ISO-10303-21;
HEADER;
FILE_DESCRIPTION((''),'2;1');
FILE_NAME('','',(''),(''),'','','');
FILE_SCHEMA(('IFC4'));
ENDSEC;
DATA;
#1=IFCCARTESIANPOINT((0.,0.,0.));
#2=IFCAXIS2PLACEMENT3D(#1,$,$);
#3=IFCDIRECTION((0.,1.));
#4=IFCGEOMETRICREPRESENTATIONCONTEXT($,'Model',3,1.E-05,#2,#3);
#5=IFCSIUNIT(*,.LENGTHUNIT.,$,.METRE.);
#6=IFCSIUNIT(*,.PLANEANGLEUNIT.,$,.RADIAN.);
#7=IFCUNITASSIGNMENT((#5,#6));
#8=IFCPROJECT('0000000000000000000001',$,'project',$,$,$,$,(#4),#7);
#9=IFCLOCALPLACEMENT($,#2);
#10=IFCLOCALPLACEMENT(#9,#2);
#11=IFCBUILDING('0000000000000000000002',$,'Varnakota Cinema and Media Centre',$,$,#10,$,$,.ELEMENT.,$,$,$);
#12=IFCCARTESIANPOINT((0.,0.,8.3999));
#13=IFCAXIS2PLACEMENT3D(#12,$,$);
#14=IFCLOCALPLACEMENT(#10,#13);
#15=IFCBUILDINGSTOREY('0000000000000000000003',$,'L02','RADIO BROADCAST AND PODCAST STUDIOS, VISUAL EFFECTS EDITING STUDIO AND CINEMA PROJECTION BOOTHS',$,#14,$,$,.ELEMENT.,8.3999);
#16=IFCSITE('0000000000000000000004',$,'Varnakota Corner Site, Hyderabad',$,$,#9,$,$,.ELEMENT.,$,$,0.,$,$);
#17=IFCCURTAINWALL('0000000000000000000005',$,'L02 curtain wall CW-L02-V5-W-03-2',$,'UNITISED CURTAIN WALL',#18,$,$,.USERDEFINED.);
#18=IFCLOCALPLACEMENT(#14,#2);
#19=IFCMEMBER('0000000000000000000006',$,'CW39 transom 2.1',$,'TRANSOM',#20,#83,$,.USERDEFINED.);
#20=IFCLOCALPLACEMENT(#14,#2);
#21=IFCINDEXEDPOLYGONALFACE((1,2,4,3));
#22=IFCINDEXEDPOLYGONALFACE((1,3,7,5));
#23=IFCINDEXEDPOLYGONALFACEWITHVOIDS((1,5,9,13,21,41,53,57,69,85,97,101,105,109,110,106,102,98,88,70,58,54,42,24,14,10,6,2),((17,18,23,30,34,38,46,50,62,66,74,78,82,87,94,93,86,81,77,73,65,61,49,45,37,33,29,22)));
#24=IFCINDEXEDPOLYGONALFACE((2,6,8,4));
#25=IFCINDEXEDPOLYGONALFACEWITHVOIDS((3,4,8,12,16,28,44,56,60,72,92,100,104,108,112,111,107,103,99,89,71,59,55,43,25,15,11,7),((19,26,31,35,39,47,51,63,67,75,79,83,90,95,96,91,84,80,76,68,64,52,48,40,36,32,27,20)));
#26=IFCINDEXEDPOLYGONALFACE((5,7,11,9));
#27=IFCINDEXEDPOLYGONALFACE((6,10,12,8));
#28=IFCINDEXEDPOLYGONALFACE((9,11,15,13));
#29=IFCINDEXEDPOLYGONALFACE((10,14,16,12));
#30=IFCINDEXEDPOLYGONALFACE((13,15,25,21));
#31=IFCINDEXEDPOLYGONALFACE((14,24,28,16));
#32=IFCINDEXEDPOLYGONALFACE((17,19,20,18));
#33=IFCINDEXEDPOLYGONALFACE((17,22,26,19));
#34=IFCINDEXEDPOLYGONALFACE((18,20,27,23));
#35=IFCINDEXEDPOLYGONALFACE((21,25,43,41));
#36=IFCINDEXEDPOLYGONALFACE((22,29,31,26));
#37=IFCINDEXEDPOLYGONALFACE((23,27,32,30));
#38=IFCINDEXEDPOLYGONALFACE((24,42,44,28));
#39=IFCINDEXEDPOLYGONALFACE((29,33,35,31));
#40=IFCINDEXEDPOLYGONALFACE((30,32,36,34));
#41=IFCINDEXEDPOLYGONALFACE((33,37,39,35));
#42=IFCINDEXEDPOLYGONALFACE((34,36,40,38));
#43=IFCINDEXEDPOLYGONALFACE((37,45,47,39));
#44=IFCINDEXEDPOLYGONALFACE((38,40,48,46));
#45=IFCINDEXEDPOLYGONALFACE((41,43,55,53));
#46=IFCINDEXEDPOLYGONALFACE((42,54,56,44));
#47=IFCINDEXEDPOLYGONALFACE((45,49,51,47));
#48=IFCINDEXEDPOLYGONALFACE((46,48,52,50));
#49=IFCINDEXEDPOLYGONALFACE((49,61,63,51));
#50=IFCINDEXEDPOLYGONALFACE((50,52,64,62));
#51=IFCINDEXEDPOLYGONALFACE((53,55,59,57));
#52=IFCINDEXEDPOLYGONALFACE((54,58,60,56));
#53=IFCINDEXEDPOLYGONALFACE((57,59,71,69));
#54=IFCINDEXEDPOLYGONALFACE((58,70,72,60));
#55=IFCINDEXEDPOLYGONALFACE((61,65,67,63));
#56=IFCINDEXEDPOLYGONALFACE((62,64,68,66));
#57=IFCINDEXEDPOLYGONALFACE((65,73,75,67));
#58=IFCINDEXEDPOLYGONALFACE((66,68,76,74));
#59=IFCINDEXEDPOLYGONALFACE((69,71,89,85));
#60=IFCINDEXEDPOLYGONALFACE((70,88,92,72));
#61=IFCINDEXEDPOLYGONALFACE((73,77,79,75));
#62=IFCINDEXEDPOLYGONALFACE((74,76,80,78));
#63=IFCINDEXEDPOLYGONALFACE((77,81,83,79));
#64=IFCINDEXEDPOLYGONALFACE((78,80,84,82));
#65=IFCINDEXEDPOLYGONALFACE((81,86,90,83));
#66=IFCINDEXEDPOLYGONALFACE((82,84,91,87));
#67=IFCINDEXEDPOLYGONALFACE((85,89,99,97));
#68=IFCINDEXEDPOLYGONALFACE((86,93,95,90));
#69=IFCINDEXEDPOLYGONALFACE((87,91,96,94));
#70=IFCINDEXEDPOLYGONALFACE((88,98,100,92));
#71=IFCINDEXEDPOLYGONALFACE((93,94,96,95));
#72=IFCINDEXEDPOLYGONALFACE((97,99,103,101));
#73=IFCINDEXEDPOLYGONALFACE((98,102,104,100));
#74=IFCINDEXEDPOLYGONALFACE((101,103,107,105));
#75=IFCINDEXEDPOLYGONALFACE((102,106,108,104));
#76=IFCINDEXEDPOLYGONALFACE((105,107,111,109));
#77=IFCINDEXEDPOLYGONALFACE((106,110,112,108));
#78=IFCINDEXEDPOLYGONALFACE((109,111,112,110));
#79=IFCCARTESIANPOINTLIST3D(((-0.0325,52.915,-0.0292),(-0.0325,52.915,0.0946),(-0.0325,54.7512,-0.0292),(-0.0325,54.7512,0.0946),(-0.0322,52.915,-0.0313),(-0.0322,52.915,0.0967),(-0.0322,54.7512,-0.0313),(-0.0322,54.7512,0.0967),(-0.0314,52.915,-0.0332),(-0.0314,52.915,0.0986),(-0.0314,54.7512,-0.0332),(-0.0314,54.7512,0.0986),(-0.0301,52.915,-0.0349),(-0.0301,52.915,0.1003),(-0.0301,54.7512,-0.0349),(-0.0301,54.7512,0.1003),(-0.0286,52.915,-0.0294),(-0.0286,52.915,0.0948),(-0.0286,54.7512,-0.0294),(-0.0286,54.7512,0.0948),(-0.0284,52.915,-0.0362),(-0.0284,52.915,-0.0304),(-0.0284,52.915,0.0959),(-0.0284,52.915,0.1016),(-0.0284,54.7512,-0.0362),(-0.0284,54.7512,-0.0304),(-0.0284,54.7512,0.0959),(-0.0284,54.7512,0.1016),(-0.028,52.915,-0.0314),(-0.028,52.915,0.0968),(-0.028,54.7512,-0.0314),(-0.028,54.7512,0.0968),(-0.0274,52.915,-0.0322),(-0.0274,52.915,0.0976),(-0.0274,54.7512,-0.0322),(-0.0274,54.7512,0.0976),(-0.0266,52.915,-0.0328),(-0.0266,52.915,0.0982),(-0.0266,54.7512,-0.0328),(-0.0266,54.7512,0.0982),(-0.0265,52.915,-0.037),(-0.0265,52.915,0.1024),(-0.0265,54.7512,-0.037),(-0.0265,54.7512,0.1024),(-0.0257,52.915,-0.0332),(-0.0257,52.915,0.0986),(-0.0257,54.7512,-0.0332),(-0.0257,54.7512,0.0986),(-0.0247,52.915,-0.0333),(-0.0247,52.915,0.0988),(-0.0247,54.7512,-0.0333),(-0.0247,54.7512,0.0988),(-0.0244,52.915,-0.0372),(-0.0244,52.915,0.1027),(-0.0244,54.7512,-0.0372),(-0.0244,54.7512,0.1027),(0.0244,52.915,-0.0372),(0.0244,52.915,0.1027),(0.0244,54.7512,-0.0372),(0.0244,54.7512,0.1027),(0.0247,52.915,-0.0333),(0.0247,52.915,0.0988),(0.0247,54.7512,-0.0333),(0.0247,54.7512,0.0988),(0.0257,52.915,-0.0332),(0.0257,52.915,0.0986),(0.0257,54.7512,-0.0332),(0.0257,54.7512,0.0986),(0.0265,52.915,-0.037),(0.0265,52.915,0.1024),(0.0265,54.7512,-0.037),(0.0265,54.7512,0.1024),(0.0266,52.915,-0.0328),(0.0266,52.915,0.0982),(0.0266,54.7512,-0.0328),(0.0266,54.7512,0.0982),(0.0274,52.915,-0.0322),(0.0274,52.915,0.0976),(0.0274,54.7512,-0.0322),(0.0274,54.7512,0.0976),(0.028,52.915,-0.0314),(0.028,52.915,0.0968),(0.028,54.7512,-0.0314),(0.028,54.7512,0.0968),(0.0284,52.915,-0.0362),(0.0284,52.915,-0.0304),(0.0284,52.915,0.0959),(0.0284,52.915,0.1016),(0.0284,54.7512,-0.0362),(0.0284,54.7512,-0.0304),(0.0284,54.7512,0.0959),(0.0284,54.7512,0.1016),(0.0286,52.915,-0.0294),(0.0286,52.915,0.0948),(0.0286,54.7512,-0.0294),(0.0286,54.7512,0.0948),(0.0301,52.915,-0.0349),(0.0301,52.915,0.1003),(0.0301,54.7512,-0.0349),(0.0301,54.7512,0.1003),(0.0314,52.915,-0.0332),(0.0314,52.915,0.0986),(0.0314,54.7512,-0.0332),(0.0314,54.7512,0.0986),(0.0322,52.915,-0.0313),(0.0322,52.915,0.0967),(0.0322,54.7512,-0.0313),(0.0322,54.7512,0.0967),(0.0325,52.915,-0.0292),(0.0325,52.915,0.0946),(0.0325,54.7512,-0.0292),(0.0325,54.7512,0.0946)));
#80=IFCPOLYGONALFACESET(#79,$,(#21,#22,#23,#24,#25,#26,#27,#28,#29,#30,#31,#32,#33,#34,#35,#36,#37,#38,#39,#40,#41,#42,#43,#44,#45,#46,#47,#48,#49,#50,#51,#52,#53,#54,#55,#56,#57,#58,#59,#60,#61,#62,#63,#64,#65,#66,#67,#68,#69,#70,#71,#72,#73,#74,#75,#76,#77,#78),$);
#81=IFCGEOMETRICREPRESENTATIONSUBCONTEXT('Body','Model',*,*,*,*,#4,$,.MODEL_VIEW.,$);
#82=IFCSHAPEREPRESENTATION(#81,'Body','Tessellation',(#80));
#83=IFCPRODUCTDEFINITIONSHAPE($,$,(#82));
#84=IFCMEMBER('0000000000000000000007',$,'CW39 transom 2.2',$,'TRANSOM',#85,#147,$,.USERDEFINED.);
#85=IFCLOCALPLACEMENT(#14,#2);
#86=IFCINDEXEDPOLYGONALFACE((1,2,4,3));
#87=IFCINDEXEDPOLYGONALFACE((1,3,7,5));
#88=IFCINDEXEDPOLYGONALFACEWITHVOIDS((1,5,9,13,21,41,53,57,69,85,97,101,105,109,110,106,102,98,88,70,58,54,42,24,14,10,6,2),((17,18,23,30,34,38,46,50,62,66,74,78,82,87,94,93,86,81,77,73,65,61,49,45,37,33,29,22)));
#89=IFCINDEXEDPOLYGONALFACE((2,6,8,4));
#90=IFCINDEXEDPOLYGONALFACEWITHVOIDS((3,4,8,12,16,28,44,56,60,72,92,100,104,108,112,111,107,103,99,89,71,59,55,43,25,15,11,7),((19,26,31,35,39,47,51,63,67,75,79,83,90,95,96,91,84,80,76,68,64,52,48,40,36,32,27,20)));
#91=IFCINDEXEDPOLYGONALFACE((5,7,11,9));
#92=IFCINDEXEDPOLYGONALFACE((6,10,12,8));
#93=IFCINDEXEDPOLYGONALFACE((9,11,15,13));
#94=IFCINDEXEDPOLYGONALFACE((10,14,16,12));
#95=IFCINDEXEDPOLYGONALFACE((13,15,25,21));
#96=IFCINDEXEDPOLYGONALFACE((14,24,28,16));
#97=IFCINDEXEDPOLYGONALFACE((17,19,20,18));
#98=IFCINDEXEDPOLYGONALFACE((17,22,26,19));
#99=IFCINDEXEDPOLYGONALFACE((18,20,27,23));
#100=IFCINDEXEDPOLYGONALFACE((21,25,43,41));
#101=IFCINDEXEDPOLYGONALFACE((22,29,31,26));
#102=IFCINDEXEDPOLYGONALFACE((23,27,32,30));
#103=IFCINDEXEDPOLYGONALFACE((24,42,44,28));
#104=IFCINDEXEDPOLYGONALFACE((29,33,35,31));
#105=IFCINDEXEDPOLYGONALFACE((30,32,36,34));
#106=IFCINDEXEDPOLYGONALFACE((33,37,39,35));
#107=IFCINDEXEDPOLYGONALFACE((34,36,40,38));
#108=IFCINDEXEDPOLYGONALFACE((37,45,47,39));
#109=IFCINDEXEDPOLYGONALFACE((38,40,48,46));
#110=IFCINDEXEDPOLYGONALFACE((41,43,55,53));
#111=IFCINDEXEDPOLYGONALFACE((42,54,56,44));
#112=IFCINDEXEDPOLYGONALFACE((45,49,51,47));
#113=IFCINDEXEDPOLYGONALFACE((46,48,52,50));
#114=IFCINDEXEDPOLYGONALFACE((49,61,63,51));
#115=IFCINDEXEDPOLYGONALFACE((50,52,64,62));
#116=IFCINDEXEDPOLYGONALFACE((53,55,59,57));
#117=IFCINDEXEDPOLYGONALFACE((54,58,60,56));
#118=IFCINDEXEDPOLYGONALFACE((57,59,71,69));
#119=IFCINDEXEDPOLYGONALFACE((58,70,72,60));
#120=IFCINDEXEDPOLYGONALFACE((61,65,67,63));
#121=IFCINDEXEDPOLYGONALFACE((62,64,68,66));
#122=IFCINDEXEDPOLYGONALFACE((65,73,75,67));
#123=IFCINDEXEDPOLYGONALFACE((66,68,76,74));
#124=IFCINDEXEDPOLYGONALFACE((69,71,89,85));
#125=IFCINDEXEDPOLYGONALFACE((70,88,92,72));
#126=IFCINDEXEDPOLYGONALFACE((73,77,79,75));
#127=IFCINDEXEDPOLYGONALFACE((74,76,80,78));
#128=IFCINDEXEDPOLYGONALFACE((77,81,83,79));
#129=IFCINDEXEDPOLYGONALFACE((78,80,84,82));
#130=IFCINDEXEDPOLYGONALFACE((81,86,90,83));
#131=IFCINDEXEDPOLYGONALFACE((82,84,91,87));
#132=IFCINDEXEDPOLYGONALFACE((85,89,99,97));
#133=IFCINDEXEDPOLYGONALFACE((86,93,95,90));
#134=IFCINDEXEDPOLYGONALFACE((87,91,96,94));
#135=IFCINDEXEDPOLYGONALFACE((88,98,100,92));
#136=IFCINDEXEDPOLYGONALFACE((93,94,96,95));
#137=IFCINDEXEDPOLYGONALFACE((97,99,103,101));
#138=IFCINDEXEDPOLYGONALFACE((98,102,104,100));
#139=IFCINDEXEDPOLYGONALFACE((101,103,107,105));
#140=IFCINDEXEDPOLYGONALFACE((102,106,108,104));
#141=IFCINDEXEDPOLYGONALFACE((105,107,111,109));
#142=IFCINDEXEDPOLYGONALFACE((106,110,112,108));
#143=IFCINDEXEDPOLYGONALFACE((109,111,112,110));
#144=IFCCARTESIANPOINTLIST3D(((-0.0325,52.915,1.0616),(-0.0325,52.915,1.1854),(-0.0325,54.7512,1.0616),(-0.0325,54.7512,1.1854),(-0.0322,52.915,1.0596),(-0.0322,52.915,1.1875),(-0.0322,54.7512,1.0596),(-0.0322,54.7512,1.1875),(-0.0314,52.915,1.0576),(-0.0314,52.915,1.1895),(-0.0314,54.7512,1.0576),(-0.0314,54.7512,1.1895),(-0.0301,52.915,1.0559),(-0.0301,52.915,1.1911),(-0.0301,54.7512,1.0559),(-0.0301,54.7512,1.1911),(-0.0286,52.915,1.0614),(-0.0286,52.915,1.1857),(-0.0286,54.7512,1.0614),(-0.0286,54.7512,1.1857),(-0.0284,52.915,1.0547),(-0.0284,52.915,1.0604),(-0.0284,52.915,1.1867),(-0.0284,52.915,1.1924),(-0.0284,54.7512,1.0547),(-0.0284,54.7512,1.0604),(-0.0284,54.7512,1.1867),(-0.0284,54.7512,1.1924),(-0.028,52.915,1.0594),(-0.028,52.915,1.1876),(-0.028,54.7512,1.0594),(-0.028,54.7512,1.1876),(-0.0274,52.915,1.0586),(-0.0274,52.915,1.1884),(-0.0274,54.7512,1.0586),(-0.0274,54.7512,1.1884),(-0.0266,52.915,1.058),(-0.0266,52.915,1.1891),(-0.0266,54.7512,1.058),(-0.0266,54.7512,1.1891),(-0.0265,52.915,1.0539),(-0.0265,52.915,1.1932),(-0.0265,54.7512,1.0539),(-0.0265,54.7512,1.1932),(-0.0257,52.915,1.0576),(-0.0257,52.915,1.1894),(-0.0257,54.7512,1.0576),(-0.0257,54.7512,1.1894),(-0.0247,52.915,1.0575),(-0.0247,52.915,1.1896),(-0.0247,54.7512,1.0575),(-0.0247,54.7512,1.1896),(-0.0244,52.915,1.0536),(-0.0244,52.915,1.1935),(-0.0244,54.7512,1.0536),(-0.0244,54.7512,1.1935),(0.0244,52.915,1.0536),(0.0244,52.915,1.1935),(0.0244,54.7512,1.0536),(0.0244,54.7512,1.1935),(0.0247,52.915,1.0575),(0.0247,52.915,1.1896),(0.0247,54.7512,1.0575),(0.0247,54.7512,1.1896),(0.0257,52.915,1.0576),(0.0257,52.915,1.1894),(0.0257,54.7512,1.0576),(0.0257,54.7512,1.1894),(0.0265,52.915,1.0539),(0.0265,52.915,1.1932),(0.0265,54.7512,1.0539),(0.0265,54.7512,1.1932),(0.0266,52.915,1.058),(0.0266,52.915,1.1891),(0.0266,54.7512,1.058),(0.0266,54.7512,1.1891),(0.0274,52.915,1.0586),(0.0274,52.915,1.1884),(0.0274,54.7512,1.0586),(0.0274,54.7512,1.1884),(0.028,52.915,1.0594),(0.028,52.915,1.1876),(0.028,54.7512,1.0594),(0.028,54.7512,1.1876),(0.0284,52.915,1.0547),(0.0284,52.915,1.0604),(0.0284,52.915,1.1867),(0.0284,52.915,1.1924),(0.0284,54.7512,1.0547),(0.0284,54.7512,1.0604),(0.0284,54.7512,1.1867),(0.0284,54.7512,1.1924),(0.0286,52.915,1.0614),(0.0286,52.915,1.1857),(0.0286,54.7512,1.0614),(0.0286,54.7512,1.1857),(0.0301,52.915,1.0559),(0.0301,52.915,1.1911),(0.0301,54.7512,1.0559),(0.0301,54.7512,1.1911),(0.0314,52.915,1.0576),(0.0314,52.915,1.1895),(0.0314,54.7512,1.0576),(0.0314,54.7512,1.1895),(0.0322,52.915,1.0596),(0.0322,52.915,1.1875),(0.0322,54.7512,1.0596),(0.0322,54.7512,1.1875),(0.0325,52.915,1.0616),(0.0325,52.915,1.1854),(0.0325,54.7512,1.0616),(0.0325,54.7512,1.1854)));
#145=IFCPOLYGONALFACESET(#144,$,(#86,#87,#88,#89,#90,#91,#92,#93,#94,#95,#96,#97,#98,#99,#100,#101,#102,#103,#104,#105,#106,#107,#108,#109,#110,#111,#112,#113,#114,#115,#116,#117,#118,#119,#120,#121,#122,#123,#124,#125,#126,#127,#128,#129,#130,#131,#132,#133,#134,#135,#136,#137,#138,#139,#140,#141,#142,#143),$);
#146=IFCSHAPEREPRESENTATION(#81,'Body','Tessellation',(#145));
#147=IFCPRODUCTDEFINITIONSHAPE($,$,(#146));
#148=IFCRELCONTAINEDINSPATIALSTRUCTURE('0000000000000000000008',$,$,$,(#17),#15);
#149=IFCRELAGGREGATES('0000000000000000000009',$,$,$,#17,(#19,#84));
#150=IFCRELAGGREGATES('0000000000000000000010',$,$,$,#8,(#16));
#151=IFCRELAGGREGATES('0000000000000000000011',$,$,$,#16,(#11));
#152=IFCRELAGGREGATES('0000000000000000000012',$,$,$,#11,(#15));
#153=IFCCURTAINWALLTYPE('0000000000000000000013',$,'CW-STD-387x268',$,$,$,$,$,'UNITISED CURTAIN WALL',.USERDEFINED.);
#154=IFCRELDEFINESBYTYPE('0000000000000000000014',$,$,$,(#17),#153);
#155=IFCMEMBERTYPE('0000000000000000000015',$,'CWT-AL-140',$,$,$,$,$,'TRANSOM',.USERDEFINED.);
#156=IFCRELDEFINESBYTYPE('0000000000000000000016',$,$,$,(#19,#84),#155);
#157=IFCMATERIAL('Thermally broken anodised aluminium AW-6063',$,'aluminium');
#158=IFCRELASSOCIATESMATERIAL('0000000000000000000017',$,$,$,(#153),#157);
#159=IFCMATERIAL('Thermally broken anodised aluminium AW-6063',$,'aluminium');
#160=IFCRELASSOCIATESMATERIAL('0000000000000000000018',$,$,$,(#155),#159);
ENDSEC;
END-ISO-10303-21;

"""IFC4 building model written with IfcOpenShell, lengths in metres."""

from ifc_helpers import new_model, si_unit, direction, frame, origin, origin_2d, place, context, subcontext, project, spatial, hollow_rectangle, extrude, material, material_profile, profile_set, type_object, element, aggregate, save


model = new_model("IFC4")

# Units and contexts
model_context = context("Model", 3, precision=1e-05, world=origin(), true_north=direction((0.0, 1.0)))
body_context = subcontext(model_context, "Body", "Model", "MODEL_VIEW")
ifc_project = project(units=[si_unit("LENGTHUNIT", "METRE"), si_unit("PLANEANGLEUNIT", "RADIAN")], contexts=[model_context])

# Site, building, storey
site_placement = place(None, origin())
site = spatial("IfcSite", under=ifc_project, at=site_placement, Name="Varnakota Corner Site, Hyderabad", CompositionType="ELEMENT", RefElevation=0.0)
building_placement = place(site_placement, origin())
building = spatial("IfcBuilding", under=site, at=building_placement, Name="Varnakota Cinema and Media Centre", CompositionType="ELEMENT")
storey_placement = place(building_placement, frame((0.0, 0.0, 8.3999)))
storey = spatial("IfcBuildingStorey", under=building, at=storey_placement, Name="L02", Description="RADIO BROADCAST AND PODCAST STUDIOS, VISUAL EFFECTS EDITING STUDIO AND CINEMA PROJECTION BOOTHS", CompositionType="ELEMENT", Elevation=8.3999)

# Curtain wall, members
ifc_material_1 = material(Name="Thermally broken anodised aluminium AW-6063", Category="aluminium")
curtain_wall_type = type_object("IfcCurtainWallType", Name="CW-STD-387x268", ElementType="UNITISED CURTAIN WALL", PredefinedType="USERDEFINED", material=ifc_material_1)
curtain_wall_placement = place(storey_placement, origin())
curtain_wall = element("IfcCurtainWall", 1, at=curtain_wall_placement, inside=storey, type_object=curtain_wall_type, Name="L02 curtain wall CW-L02-V5-W-03-2", ObjectType="UNITISED CURTAIN WALL", PredefinedType="USERDEFINED")
ifc_material_2 = material(Name="Thermally broken anodised aluminium AW-6063", Category="aluminium")
ifc_material_profile_1 = material_profile(ifc_material_2, hollow_rectangle(XDim=0.0649, YDim=0.1399, WallThickness=0.0039, InnerFilletRadius=0.0039, OuterFilletRadius=0.0081, at=origin_2d()), Name="AL-TRANSOM 140x65x4")
ifc_profile_set_1 = profile_set([ifc_material_profile_1], Name="Thermally broken anodised aluminium AW-6063")
member_type_1 = type_object("IfcMemberType", Name="CWT-AL-140", ElementType="TRANSOM", PredefinedType="USERDEFINED", material=ifc_profile_set_1)
member_1_placement = place(storey_placement, frame((0.0, 54.7512, 0.0327), z_axis=(0.0, -1.0, 0.0), x_axis=(1.0, 0.0, 0.0)))
member_1 = element("IfcMember", 2, at=member_1_placement, type_object=member_type_1, Name="CW39 transom 2.1", ObjectType="TRANSOM", PredefinedType="USERDEFINED", context=body_context, shape_type="SweptSolid", body=[
    extrude(hollow_rectangle(XDim=0.0649, YDim=0.1399, WallThickness=0.0039, InnerFilletRadius=0.0039, OuterFilletRadius=0.0081, at=origin_2d()), origin(), (0.0, 0.0, 1.0), 1.8362),
])
member_2_placement = place(storey_placement, frame((0.0, 54.7512, 1.1235), z_axis=(0.0, -1.0, 0.0), x_axis=(1.0, 0.0, 0.0)))
member_2 = element("IfcMember", 3, at=member_2_placement, type_object=member_type_1, Name="CW39 transom 2.2", ObjectType="TRANSOM", PredefinedType="USERDEFINED", context=body_context, shape_type="SweptSolid", body=[
    extrude(hollow_rectangle(XDim=0.0649, YDim=0.1399, WallThickness=0.0039, InnerFilletRadius=0.0039, OuterFilletRadius=0.0081, at=origin_2d()), origin(), (0.0, 0.0, 1.0), 1.8362),
])
aggregate(curtain_wall, [member_1, member_2])

save(model, "model.ifc")
